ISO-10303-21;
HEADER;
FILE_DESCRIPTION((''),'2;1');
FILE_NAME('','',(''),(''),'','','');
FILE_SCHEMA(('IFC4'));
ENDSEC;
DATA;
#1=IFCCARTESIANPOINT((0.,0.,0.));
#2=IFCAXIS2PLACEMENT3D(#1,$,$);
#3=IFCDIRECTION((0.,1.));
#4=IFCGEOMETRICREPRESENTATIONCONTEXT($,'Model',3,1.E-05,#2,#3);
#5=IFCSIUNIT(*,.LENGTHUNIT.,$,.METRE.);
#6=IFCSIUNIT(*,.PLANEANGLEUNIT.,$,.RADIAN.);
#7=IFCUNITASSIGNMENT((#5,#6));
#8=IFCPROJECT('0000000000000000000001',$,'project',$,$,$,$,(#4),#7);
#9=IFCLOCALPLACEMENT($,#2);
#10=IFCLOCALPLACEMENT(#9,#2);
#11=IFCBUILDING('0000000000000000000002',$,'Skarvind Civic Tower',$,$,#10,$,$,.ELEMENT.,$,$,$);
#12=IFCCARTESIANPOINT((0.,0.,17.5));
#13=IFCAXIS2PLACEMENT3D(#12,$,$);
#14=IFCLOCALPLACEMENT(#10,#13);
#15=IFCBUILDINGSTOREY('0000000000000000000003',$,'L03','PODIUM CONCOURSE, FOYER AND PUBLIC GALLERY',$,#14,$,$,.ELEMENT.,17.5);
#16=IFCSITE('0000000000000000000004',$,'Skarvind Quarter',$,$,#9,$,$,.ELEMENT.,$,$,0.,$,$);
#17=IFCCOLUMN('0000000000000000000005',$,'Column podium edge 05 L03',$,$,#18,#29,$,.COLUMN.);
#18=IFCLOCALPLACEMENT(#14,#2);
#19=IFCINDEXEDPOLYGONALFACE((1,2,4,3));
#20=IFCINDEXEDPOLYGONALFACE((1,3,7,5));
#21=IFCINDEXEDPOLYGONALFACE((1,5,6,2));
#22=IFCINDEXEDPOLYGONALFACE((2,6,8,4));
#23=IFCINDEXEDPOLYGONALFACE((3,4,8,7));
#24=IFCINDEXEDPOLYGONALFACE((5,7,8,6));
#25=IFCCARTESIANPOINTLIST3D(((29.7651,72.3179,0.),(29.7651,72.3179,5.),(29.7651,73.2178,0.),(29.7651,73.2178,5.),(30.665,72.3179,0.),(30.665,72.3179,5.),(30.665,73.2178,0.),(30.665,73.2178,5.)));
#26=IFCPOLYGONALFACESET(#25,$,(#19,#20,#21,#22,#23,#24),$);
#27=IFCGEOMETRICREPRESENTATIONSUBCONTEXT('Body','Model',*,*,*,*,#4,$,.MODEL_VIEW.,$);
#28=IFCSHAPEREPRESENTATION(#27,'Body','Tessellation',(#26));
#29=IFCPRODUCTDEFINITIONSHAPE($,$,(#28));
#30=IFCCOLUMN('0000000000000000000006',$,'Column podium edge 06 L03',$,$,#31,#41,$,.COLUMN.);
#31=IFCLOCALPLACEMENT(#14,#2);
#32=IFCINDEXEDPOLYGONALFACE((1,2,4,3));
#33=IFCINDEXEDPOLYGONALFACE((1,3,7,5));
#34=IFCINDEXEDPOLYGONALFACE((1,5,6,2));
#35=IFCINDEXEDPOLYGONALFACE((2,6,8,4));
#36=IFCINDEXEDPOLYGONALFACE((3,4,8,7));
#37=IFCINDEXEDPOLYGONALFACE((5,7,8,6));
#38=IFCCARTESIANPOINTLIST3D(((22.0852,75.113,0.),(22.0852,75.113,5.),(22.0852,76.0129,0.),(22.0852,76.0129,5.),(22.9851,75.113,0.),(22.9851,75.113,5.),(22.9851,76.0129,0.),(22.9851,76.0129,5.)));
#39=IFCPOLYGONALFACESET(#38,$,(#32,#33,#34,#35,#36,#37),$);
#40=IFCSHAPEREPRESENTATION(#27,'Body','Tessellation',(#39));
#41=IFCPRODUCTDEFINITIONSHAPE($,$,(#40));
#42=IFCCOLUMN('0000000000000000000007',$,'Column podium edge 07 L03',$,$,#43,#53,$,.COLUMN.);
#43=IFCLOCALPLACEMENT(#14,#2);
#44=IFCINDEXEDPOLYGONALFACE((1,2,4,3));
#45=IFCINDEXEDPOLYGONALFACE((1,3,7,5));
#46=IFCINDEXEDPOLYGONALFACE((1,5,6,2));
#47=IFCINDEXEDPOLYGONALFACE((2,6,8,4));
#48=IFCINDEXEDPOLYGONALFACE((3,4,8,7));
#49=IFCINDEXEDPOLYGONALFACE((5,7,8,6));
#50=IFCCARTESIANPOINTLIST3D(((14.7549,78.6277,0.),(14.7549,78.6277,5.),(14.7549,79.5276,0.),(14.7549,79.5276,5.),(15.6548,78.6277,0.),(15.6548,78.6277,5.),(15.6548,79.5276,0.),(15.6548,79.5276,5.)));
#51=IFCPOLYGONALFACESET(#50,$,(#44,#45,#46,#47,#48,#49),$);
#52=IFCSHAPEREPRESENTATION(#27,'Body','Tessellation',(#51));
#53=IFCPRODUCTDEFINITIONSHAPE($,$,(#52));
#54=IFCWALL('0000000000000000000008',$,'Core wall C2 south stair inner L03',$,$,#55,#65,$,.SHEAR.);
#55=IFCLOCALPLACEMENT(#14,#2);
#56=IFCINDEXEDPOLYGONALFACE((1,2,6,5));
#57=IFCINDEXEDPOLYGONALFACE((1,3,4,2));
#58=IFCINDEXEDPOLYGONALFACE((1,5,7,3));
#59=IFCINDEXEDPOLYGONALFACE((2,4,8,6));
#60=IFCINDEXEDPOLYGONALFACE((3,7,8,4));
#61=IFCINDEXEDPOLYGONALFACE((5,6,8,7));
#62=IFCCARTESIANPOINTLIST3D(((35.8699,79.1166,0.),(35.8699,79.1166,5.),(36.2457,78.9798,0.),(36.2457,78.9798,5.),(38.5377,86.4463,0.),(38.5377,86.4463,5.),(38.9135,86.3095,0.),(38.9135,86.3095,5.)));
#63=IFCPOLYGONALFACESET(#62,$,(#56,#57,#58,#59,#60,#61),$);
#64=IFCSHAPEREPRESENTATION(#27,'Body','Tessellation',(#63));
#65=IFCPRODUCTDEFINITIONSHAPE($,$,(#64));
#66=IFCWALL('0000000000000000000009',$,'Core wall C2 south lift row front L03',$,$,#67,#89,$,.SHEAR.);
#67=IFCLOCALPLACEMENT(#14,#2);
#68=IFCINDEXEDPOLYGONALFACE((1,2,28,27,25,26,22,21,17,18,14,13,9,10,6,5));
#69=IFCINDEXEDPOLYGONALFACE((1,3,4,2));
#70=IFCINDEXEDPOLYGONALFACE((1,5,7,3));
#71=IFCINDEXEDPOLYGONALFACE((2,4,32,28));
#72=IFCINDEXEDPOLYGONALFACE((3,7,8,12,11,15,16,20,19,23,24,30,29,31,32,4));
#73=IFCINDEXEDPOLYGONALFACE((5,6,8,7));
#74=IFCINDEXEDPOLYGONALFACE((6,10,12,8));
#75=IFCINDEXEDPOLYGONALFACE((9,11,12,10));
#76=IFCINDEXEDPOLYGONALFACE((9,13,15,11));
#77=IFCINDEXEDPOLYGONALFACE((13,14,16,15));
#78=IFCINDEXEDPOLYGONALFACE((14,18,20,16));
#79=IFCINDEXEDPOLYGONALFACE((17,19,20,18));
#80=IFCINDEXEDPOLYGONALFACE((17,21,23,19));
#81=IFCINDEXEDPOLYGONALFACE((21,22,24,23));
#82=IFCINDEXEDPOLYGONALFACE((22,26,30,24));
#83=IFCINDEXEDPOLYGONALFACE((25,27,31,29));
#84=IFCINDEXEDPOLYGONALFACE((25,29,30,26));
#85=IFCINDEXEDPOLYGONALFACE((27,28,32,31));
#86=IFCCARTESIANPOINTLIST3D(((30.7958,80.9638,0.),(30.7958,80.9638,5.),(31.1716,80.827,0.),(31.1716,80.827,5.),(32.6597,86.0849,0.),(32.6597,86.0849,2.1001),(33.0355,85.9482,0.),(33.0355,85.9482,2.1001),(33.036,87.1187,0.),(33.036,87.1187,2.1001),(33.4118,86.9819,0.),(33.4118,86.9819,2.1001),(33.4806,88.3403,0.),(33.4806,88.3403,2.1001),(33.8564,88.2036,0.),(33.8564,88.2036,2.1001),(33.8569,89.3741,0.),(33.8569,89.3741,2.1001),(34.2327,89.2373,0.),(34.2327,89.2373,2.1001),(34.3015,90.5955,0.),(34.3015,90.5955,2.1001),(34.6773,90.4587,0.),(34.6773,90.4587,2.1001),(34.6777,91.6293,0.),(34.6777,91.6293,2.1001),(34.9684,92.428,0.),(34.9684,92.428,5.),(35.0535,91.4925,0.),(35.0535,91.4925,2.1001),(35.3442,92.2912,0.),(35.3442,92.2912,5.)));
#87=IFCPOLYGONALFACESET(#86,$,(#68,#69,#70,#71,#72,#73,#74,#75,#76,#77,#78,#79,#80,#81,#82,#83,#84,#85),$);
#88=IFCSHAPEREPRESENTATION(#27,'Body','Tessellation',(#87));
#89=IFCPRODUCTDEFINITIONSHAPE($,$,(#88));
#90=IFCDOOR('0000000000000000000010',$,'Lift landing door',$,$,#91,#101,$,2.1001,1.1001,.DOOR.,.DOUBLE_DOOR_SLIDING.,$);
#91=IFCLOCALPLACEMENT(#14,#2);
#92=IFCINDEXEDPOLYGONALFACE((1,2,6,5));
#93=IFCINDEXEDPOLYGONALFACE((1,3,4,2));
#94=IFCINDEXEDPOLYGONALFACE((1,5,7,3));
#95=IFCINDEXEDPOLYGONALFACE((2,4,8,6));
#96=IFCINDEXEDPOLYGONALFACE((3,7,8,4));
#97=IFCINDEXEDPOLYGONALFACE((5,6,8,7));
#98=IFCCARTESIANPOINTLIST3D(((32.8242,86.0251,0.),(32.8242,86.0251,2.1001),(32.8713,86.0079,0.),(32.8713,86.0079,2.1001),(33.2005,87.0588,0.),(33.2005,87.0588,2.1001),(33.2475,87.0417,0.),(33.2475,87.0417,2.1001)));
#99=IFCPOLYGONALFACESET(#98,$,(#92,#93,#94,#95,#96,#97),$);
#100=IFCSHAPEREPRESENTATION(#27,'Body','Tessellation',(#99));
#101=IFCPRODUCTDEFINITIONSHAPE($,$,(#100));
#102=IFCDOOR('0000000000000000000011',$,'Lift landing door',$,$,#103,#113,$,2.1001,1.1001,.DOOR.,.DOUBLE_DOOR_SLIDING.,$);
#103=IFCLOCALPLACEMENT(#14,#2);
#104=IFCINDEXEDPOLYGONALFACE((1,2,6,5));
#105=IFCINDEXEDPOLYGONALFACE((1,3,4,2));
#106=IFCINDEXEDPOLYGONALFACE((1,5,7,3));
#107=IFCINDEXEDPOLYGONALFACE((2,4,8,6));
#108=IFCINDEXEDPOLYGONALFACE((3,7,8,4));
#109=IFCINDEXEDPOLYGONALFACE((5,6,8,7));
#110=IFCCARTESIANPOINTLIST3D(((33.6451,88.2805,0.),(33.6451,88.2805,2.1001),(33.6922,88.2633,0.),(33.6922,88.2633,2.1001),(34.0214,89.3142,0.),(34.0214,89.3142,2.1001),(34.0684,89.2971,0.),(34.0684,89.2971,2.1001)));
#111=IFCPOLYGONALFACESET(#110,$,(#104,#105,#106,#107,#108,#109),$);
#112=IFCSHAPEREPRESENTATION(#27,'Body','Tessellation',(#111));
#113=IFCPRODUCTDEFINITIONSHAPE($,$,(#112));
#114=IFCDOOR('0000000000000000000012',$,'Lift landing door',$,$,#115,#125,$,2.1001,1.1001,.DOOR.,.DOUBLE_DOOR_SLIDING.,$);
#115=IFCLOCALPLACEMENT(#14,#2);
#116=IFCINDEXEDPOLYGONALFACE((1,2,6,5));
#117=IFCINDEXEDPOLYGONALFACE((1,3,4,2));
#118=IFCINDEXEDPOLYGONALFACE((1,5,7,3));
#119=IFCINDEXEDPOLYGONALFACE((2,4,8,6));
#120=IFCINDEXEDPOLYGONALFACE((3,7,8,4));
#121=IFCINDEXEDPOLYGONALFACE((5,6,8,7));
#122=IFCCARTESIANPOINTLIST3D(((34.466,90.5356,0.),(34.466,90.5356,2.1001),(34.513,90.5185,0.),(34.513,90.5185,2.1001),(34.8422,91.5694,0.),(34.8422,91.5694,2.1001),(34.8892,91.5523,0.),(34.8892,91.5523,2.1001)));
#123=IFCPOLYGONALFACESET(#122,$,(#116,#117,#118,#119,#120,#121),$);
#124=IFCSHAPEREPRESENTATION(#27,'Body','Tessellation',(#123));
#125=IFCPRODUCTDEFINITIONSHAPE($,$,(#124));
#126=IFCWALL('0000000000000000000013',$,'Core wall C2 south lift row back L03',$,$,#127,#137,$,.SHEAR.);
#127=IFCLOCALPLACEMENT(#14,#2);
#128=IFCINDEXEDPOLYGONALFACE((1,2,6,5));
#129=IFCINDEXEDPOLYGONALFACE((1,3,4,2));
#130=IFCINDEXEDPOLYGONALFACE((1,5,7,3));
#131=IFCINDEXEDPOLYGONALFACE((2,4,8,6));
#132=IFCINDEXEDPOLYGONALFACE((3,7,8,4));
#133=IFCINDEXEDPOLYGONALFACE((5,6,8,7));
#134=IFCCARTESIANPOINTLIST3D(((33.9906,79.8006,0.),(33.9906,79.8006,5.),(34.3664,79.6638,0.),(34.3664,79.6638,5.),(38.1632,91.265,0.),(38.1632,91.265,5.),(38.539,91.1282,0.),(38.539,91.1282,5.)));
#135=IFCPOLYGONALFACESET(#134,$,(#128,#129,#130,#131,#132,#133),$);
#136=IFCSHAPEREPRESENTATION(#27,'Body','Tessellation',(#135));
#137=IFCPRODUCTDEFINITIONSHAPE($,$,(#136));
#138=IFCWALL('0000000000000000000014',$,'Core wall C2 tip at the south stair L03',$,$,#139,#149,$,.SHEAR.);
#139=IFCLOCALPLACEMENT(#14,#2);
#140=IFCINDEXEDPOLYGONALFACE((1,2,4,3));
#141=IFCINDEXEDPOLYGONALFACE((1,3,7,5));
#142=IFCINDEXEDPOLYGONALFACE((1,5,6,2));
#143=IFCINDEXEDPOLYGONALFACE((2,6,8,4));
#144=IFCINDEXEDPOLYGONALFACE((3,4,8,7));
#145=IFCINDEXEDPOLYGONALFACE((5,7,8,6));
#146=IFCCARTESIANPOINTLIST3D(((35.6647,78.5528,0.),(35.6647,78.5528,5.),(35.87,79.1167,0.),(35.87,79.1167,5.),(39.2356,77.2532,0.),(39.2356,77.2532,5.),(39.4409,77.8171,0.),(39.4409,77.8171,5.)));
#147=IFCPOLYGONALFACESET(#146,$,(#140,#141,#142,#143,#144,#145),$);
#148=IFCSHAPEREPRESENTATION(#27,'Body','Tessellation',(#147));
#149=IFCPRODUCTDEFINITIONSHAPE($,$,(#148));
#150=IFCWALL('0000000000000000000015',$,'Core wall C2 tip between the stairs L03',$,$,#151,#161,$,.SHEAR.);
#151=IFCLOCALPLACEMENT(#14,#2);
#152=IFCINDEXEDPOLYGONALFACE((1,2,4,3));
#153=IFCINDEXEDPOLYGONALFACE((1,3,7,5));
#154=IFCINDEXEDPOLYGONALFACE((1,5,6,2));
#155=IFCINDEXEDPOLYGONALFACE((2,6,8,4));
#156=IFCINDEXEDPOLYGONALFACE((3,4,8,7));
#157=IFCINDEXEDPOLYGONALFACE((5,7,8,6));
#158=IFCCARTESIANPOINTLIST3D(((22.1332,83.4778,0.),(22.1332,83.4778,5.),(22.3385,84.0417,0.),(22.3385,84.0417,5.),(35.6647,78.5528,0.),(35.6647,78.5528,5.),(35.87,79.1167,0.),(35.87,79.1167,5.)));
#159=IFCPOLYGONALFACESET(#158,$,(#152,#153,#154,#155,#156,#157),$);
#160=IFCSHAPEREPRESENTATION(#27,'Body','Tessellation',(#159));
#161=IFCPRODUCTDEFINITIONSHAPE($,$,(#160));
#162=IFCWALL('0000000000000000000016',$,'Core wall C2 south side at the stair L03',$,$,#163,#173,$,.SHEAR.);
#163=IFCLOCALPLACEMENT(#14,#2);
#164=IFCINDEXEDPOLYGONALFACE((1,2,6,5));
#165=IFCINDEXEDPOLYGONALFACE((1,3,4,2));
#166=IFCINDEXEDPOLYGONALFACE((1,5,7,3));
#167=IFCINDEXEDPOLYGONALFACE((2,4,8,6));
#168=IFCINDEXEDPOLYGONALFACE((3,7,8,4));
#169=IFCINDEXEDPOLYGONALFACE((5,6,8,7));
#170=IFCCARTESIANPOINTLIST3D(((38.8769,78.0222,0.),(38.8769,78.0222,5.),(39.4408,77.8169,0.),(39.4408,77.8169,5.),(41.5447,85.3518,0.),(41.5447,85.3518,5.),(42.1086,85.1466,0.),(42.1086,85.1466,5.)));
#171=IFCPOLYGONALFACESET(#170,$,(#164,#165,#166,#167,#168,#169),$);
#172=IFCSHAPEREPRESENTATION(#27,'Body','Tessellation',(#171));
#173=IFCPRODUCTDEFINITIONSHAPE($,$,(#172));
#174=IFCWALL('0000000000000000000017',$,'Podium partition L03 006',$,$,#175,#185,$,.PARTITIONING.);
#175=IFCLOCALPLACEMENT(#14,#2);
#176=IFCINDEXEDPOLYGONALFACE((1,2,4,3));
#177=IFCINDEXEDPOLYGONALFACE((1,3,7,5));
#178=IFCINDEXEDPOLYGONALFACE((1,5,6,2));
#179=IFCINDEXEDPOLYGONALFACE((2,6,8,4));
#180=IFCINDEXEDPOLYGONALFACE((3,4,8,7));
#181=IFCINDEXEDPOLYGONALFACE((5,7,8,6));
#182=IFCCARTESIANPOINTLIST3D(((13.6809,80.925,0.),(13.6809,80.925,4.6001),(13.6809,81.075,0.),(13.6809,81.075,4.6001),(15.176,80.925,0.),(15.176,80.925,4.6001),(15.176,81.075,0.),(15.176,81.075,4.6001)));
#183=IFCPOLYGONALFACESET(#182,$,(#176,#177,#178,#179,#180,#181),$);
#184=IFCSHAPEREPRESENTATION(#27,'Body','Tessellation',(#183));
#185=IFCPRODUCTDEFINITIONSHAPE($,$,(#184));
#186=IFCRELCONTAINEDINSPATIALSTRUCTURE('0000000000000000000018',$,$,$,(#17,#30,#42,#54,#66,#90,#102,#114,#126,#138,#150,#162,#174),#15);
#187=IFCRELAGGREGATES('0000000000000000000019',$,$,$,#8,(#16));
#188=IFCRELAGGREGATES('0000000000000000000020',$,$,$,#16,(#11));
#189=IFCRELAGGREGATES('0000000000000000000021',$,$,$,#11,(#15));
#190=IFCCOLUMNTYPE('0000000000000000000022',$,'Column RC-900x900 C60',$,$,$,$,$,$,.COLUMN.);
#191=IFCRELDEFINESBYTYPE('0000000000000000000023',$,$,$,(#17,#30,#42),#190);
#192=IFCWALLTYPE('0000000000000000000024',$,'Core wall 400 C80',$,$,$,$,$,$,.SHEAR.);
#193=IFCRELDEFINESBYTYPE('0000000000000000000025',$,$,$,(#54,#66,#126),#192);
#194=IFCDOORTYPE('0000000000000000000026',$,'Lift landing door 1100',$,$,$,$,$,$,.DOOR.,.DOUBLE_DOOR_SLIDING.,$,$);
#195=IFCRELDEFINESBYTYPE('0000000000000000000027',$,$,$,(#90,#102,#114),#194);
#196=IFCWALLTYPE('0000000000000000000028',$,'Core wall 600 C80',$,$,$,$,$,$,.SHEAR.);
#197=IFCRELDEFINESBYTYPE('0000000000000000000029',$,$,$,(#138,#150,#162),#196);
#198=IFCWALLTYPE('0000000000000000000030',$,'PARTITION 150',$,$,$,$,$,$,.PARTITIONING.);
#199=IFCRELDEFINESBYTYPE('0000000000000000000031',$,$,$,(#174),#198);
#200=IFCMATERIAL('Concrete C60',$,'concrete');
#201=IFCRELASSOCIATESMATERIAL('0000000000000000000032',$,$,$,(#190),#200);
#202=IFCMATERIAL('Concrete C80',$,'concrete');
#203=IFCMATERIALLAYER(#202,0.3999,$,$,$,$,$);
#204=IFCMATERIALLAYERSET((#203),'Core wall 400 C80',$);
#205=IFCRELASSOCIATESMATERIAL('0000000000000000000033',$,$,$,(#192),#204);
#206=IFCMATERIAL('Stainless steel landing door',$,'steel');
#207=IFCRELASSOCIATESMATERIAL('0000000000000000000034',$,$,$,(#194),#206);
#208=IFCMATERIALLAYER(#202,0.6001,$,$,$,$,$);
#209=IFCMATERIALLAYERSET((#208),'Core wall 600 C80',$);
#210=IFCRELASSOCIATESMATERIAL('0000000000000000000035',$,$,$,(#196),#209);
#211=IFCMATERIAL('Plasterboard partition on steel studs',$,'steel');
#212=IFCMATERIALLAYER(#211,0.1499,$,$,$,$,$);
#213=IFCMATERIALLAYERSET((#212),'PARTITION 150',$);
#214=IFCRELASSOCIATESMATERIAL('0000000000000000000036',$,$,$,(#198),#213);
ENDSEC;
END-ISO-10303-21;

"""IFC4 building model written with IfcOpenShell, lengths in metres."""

from ifc_helpers import new_model, si_unit, direction, frame, frame_2d, origin, origin_2d, place, context, subcontext, project, spatial, rectangle, extrude, material, layer, layer_set, material_profile, profile_set, type_object, element, fill, save


model = new_model("IFC4")

# Units and contexts
model_context = context("Model", 3, precision=1e-05, world=origin(), true_north=direction((0.0, 1.0)))
body_context = subcontext(model_context, "Body", "Model", "MODEL_VIEW")
ifc_project = project(units=[si_unit("LENGTHUNIT", "METRE"), si_unit("PLANEANGLEUNIT", "RADIAN")], contexts=[model_context])

# Site, building, storey
site_placement = place(None, origin())
site = spatial("IfcSite", under=ifc_project, at=site_placement, Name="Skarvind Quarter", CompositionType="ELEMENT", RefElevation=0.0)
building_placement = place(site_placement, origin())
building = spatial("IfcBuilding", under=site, at=building_placement, Name="Skarvind Civic Tower", CompositionType="ELEMENT")
storey_placement = place(building_placement, frame((0.0, 0.0, 17.5)))
storey = spatial("IfcBuildingStorey", under=building, at=storey_placement, Name="L03", Description="PODIUM CONCOURSE, FOYER AND PUBLIC GALLERY", CompositionType="ELEMENT", Elevation=17.5)

# Columns
ifc_material_1 = material(Name="Concrete C60", Category="concrete")
ifc_material_profile = material_profile(ifc_material_1, rectangle(XDim=0.8999, YDim=0.8999, at=origin_2d()), Name="RC-900x900")
ifc_profile_set = profile_set([ifc_material_profile], Name="Concrete C60")
column_type = type_object("IfcColumnType", Name="Column RC-900x900 C60", PredefinedType="COLUMN", material=ifc_profile_set)
for number, where, z_axis, x_axis, name in (
    (1, (30.2151, 72.7678, 0.0), (0.0, 0.0, 1.0), (1.0, 0.0, 0.0), "Column podium edge 05 L03"),
    (2, (22.5352, 75.563, 0.0), (0.0, 0.0, 1.0), (1.0, 0.0, 0.0), "Column podium edge 06 L03"),
    (3, (15.2048, 79.0776, 0.0), (0.0, 0.0, 1.0), (1.0, 0.0, 0.0), "Column podium edge 07 L03"),
):
    element("IfcColumn", number, at=place(storey_placement, frame(where, z_axis=z_axis, x_axis=x_axis)), inside=storey, type_object=column_type, Name=name, PredefinedType="COLUMN", context=body_context, shape_type="SweptSolid", body=[
        extrude(rectangle(XDim=0.8999, YDim=0.8999, at=origin_2d()), origin(), (0.0, 0.0, 1.0), 5.0),
    ])

# Wall
ifc_material_2 = material(Name="Concrete C80", Category="concrete")
ifc_layer_1 = layer(ifc_material_2, 0.3999)
ifc_layer_set_1 = layer_set([ifc_layer_1], Name="Core wall 400 C80")
wall_type_1 = type_object("IfcWallType", Name="Core wall 400 C80", PredefinedType="SHEAR", material=ifc_layer_set_1)
wall_1_placement = place(storey_placement, frame((36.0579, 79.0483, 0.0), z_axis=(0.0, 0.0, 1.0), x_axis=(0.342017, 0.939694, 0.0)))
element("IfcWall", 4, at=wall_1_placement, inside=storey, type_object=wall_type_1, Name="Core wall C2 south stair inner L03", PredefinedType="SHEAR", context=body_context, shape_type="SweptSolid", body=[
    extrude(rectangle(XDim=7.8, YDim=0.3999, at=frame_2d((3.8999, 0.0))), origin(), (0.0, 0.0, 1.0), 5.0),
])

# Wall, openings, doors
wall_2_placement = place(storey_placement, frame((30.9836, 80.8953, 0.0), z_axis=(0.0, 0.0, 1.0), x_axis=(0.342021, 0.939692, 0.0)))
wall_2 = element("IfcWall", 5, at=wall_2_placement, inside=storey, type_object=wall_type_1, Name="Core wall C2 south lift row front L03", PredefinedType="SHEAR", context=body_context, shape_type="SweptSolid", body=[
    extrude(rectangle(XDim=12.2, YDim=0.3999, at=frame_2d((6.1001, 0.0))), origin(), (0.0, 0.0, 1.0), 5.0),
])
opening_1_placement = place(wall_2_placement, frame((5.45, 0.0, 0.0)))
opening_1 = element("IfcOpeningElement", 6, at=opening_1_placement, cuts=wall_2, PredefinedType="OPENING", context=body_context, shape_type="SweptSolid", body=[
    extrude(rectangle(XDim=1.1001, YDim=2.1001, at=frame_2d((0.55, 1.05))), frame((0.0, 0.21, 0.0), z_axis=(0.0, -1.0, 0.0), x_axis=(1.0, 0.0, 0.0)), (0.0, 0.0, 1.0), 0.4199),
])
opening_2_placement = place(wall_2_placement, frame((7.8501, 0.0, 0.0)))
opening_2 = element("IfcOpeningElement", 7, at=opening_2_placement, cuts=wall_2, PredefinedType="OPENING", context=body_context, shape_type="SweptSolid", body=[
    extrude(rectangle(XDim=1.1001, YDim=2.1001, at=frame_2d((0.55, 1.05))), frame((0.0, 0.21, 0.0), z_axis=(0.0, -1.0, 0.0), x_axis=(1.0, 0.0, 0.0)), (0.0, 0.0, 1.0), 0.4199),
])
opening_3_placement = place(wall_2_placement, frame((10.25, 0.0, 0.0)))
opening_3 = element("IfcOpeningElement", 8, at=opening_3_placement, cuts=wall_2, PredefinedType="OPENING", context=body_context, shape_type="SweptSolid", body=[
    extrude(rectangle(XDim=1.1001, YDim=2.1001, at=frame_2d((0.55, 1.05))), frame((0.0, 0.21, 0.0), z_axis=(0.0, -1.0, 0.0), x_axis=(1.0, 0.0, 0.0)), (0.0, 0.0, 1.0), 0.4199),
])
ifc_material_3 = material(Name="Stainless steel landing door", Category="steel")
door_type_1 = type_object("IfcDoorType", Name="Lift landing door 1100", OperationType="DOUBLE_DOOR_SLIDING", PredefinedType="DOOR", material=ifc_material_3)
door_1_placement = place(opening_1_placement, origin())
door_1 = element("IfcDoor", 9, at=door_1_placement, inside=storey, type_object=door_type_1, Name="Lift landing door", OperationType="DOUBLE_DOOR_SLIDING", OverallHeight=2.1001, OverallWidth=1.1001, PredefinedType="DOOR", context=body_context, shape_type="SweptSolid", body=[
    extrude(rectangle(XDim=1.1001, YDim=2.1001, at=frame_2d((0.55, 1.05))), frame((0.0, 0.0249, 0.0), z_axis=(0.0, -1.0, 0.0), x_axis=(1.0, 0.0, 0.0)), (0.0, 0.0, 1.0), 0.05),
])
fill(opening_1, door_1)
door_2_placement = place(opening_2_placement, origin())
door_2 = element("IfcDoor", 10, at=door_2_placement, inside=storey, type_object=door_type_1, Name="Lift landing door", OperationType="DOUBLE_DOOR_SLIDING", OverallHeight=2.1001, OverallWidth=1.1001, PredefinedType="DOOR", context=body_context, shape_type="SweptSolid", body=[
    extrude(rectangle(XDim=1.1001, YDim=2.1001, at=frame_2d((0.55, 1.05))), frame((0.0, 0.0249, 0.0), z_axis=(0.0, -1.0, 0.0), x_axis=(1.0, 0.0, 0.0)), (0.0, 0.0, 1.0), 0.05),
])
fill(opening_2, door_2)
door_3_placement = place(opening_3_placement, origin())
door_3 = element("IfcDoor", 11, at=door_3_placement, inside=storey, type_object=door_type_1, Name="Lift landing door", OperationType="DOUBLE_DOOR_SLIDING", OverallHeight=2.1001, OverallWidth=1.1001, PredefinedType="DOOR", context=body_context, shape_type="SweptSolid", body=[
    extrude(rectangle(XDim=1.1001, YDim=2.1001, at=frame_2d((0.55, 1.05))), frame((0.0, 0.0249, 0.0), z_axis=(0.0, -1.0, 0.0), x_axis=(1.0, 0.0, 0.0)), (0.0, 0.0, 1.0), 0.05),
])
fill(opening_3, door_3)

# Walls
wall_3_placement = place(storey_placement, frame((34.1785, 79.7322, 0.0), z_axis=(0.0, 0.0, 1.0), x_axis=(0.342015, 0.939695, 0.0)))
element("IfcWall", 12, at=wall_3_placement, inside=storey, type_object=wall_type_1, Name="Core wall C2 south lift row back L03", PredefinedType="SHEAR", context=body_context, shape_type="SweptSolid", body=[
    extrude(rectangle(XDim=12.2002, YDim=0.3999, at=frame_2d((6.1001, 0.0))), origin(), (0.0, 0.0, 1.0), 5.0),
])
ifc_layer_2 = layer(ifc_material_2, 0.6001)
ifc_layer_set_2 = layer_set([ifc_layer_2], Name="Core wall 600 C80")
wall_type_2 = type_object("IfcWallType", Name="Core wall 600 C80", PredefinedType="SHEAR", material=ifc_layer_set_2)
wall_4_placement = place(storey_placement, frame((39.3381, 77.5352, 0.0), z_axis=(0.0, 0.0, 1.0), x_axis=(-0.939701, 0.341996, 0.0)))
element("IfcWall", 13, at=wall_4_placement, inside=storey, type_object=wall_type_2, Name="Core wall C2 tip at the south stair L03", PredefinedType="SHEAR", context=body_context, shape_type="SweptSolid", body=[
    extrude(rectangle(XDim=3.8, YDim=0.6001, at=frame_2d((1.8999, 0.0))), origin(), (0.0, 0.0, 1.0), 5.0),
])
wall_5_placement = place(storey_placement, frame((35.7673, 78.8347, 0.0), z_axis=(0.0, 0.0, 1.0), x_axis=(-0.939693, 0.342019, 0.0)))
element("IfcWall", 14, at=wall_5_placement, inside=storey, type_object=wall_type_2, Name="Core wall C2 tip between the stairs L03", PredefinedType="SHEAR", context=body_context, shape_type="SweptSolid", body=[
    extrude(rectangle(XDim=14.3999, YDim=0.6001, at=frame_2d((7.2, 0.0))), origin(), (0.0, 0.0, 1.0), 5.0),
])
wall_6_placement = place(storey_placement, frame((39.1589, 77.9197, 0.0), z_axis=(0.0, 0.0, 1.0), x_axis=(0.342017, 0.939694, 0.0)))
element("IfcWall", 15, at=wall_6_placement, inside=storey, type_object=wall_type_2, Name="Core wall C2 south side at the stair L03", PredefinedType="SHEAR", context=body_context, shape_type="SweptSolid", body=[
    extrude(rectangle(XDim=7.8, YDim=0.6001, at=frame_2d((3.8999, 0.0))), origin(), (0.0, 0.0, 1.0), 5.0),
])
ifc_material_4 = material(Name="Plasterboard partition on steel studs", Category="steel")
ifc_layer_3 = layer(ifc_material_4, 0.1499)
ifc_layer_set_3 = layer_set([ifc_layer_3], Name="PARTITION 150")
wall_type_3 = type_object("IfcWallType", Name="PARTITION 150", PredefinedType="PARTITIONING", material=ifc_layer_set_3)
wall_7_placement = place(storey_placement, frame((13.6809, 81.0, 0.0), z_axis=(0.0, 0.0, 1.0), x_axis=(1.0, 0.0, 0.0)))
element("IfcWall", 16, at=wall_7_placement, inside=storey, type_object=wall_type_3, Name="Podium partition L03 006", PredefinedType="PARTITIONING", context=body_context, shape_type="SweptSolid", body=[
    extrude(rectangle(XDim=1.4951, YDim=0.1499, at=frame_2d((0.7476, 0.0))), origin(), (0.0, 0.0, 1.0), 4.6001),
])

save(model, "model.ifc")
